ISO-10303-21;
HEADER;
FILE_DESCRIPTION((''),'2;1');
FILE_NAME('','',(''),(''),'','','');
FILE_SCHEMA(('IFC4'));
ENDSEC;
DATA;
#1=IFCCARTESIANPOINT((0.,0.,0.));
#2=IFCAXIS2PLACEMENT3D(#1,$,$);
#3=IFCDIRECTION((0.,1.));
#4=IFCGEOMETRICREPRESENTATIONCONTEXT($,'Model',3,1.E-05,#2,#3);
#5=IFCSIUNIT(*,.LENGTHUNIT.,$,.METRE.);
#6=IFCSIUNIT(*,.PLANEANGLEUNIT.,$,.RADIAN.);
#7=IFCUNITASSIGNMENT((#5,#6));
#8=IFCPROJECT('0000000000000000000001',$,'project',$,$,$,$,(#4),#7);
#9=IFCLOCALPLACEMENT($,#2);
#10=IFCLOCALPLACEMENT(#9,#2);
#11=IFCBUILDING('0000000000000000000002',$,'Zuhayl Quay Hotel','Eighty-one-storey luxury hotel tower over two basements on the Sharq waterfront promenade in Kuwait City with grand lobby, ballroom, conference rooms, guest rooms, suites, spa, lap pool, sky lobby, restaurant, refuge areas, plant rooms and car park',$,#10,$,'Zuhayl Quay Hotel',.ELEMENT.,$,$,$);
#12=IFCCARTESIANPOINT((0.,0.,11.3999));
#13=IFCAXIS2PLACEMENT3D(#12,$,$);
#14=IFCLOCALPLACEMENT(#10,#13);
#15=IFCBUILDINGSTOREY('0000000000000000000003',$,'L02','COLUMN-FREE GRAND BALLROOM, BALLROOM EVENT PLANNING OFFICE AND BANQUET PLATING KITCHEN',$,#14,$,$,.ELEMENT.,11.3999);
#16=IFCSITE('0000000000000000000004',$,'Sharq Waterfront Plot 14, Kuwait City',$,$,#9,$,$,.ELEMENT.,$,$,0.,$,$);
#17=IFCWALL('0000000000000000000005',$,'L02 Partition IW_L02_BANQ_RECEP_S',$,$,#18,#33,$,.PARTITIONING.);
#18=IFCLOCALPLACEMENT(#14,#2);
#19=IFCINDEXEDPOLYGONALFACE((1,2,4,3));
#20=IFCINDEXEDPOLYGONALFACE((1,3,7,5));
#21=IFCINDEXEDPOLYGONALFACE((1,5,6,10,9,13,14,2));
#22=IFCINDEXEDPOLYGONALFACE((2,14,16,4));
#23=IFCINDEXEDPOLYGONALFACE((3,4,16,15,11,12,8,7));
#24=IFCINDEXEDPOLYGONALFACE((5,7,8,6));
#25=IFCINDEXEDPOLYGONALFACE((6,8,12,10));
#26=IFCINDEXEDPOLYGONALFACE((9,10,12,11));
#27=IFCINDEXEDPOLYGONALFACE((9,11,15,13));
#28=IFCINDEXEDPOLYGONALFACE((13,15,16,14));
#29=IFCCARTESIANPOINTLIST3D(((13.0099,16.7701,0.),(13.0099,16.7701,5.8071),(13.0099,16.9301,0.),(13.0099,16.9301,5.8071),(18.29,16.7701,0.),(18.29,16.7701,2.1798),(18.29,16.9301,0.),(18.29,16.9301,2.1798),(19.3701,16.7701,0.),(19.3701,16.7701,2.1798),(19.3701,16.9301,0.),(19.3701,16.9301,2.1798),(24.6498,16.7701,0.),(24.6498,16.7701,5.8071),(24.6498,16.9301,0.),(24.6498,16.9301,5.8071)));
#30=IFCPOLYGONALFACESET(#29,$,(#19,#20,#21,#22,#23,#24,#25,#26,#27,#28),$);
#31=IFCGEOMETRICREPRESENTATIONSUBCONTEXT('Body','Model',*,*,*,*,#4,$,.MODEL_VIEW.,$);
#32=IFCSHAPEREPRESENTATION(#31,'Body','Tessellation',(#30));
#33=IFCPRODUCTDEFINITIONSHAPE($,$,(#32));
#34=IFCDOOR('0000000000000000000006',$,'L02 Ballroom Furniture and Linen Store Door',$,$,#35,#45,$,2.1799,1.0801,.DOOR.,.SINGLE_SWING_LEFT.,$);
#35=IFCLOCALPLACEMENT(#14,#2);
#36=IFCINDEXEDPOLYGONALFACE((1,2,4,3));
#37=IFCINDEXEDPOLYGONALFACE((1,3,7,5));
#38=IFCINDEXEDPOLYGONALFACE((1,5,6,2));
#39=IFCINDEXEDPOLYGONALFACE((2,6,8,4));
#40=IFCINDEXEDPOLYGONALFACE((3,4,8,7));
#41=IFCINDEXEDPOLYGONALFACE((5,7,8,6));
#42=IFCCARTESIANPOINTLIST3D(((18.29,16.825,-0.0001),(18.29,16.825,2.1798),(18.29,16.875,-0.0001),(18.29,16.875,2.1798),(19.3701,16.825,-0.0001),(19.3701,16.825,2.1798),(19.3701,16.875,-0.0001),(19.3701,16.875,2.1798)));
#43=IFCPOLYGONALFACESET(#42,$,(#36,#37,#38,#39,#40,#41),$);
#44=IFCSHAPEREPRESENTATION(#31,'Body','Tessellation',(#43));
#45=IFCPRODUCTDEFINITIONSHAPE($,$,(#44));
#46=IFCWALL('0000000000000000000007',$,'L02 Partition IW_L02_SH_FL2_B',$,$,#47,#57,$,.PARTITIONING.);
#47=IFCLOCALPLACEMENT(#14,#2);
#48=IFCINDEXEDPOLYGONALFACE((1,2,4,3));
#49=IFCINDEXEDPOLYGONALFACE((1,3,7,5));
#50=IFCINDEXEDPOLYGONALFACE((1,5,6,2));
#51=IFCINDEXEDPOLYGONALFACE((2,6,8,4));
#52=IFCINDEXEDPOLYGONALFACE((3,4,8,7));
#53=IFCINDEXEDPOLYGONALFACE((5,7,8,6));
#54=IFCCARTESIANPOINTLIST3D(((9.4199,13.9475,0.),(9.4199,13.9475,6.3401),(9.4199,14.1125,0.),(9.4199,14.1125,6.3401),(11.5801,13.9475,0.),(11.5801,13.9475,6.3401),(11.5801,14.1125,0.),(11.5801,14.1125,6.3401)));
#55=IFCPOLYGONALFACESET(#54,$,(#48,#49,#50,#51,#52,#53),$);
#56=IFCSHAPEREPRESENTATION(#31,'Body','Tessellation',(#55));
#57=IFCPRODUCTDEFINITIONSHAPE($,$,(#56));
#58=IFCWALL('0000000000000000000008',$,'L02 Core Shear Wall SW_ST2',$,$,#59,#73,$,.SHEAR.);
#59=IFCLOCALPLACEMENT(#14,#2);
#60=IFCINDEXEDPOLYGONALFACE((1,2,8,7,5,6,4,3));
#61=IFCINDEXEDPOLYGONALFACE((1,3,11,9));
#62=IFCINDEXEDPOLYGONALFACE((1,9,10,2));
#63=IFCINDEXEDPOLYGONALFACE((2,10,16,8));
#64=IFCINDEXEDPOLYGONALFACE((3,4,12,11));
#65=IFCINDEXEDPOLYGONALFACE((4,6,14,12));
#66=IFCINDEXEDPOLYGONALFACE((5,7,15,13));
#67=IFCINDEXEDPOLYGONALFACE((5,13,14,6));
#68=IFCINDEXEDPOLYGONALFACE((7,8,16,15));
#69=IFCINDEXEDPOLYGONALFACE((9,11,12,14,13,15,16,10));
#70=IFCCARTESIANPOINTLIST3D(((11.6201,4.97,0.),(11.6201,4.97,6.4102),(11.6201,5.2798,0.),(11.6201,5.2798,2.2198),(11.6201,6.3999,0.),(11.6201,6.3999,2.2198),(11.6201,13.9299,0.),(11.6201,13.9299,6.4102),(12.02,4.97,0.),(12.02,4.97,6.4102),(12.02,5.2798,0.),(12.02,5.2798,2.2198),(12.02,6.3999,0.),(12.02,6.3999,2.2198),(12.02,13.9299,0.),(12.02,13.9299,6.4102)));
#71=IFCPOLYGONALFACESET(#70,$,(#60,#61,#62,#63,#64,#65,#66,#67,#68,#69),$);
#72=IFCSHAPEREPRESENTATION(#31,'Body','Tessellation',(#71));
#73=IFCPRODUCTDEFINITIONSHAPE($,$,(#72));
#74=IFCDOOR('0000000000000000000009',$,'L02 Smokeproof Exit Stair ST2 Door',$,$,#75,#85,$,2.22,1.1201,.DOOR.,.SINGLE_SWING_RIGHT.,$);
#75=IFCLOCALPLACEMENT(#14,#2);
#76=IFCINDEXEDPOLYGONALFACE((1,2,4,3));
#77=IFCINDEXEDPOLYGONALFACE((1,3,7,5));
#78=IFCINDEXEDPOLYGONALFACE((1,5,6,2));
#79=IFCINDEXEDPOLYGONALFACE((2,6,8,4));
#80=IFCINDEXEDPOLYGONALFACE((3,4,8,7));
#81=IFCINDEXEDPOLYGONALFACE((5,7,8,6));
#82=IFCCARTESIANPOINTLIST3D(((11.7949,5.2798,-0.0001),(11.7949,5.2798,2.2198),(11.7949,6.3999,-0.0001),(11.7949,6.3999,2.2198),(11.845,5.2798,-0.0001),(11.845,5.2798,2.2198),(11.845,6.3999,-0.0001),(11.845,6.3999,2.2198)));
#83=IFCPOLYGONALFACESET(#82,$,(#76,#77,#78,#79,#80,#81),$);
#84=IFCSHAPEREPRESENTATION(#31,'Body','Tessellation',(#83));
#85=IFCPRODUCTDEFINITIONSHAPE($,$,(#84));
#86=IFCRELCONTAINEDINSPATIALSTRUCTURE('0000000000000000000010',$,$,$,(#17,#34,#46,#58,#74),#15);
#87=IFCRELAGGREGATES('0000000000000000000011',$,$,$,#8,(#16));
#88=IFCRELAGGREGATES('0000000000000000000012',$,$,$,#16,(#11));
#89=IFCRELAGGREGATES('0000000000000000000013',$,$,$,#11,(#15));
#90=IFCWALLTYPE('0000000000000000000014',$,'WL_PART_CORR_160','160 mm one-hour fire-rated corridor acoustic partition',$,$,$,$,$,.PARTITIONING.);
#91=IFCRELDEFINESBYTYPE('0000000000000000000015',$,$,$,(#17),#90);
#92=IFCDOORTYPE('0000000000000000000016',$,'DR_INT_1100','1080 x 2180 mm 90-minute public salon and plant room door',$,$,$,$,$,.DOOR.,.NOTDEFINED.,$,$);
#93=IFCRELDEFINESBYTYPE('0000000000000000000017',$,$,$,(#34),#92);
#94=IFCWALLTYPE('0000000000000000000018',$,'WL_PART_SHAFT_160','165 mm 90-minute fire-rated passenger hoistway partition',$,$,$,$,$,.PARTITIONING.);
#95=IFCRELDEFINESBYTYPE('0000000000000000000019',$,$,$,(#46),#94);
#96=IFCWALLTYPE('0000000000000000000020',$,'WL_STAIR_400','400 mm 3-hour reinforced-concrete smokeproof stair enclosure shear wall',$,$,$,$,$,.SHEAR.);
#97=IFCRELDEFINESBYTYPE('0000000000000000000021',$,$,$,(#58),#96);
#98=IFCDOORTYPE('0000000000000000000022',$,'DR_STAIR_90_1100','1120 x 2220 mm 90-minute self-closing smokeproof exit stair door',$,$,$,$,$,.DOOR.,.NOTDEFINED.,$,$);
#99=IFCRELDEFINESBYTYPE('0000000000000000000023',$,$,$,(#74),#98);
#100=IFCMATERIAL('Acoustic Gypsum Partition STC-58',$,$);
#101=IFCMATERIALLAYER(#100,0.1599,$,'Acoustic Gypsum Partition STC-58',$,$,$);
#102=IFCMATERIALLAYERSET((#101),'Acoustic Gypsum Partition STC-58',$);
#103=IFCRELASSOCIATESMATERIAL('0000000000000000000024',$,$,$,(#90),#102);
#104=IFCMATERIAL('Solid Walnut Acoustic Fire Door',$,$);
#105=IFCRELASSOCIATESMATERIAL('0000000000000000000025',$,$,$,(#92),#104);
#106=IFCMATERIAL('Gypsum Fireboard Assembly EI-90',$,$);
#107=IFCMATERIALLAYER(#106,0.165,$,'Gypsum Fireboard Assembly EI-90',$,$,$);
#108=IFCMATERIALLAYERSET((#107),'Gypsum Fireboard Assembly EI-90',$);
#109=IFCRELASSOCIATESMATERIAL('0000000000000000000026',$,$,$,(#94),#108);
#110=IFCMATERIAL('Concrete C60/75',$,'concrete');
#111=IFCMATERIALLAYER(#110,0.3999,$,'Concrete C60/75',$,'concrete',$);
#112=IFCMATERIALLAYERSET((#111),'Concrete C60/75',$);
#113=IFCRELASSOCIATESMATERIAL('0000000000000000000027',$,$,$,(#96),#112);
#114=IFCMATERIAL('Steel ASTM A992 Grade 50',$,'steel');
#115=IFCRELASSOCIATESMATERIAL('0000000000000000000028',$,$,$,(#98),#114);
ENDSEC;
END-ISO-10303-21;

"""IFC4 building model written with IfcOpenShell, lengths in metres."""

from ifc_helpers import new_model, si_unit, direction, frame, frame_2d, origin, place, context, subcontext, project, spatial, rectangle, extrude, material, layer, layer_set, type_object, element, fill, save


model = new_model("IFC4")

# Units and contexts
model_context = context("Model", 3, precision=1e-05, world=origin(), true_north=direction((0.0, 1.0)))
body_context = subcontext(model_context, "Body", "Model", "MODEL_VIEW")
ifc_project = project(units=[si_unit("LENGTHUNIT", "METRE"), si_unit("PLANEANGLEUNIT", "RADIAN")], contexts=[model_context])

# Site, building, storey
site_placement = place(None, origin())
site = spatial("IfcSite", under=ifc_project, at=site_placement, Name="Sharq Waterfront Plot 14, Kuwait City", CompositionType="ELEMENT", RefElevation=0.0)
building_placement = place(site_placement, origin())
building = spatial("IfcBuilding", under=site, at=building_placement, Name="Zuhayl Quay Hotel", Description="Eighty-one-storey luxury hotel tower over two basements on the Sharq waterfront promenade in Kuwait City with grand lobby, ballroom, conference rooms, guest rooms, suites, spa, lap pool, sky lobby, restaurant, refuge areas, plant rooms and car park", LongName="Zuhayl Quay Hotel", CompositionType="ELEMENT")
storey_placement = place(building_placement, frame((0.0, 0.0, 11.3999)))
storey = spatial("IfcBuildingStorey", under=building, at=storey_placement, Name="L02", Description="COLUMN-FREE GRAND BALLROOM, BALLROOM EVENT PLANNING OFFICE AND BANQUET PLATING KITCHEN", CompositionType="ELEMENT", Elevation=11.3999)

# Shared definitions
ifc_material_1 = material(Name="Steel ASTM A992 Grade 50", Category="steel")

# Shared definitions
ifc_material_2 = material(Name="Acoustic Gypsum Partition STC-58")

# Wall, opening, door
ifc_layer_1 = layer(ifc_material_2, 0.1599, Name="Acoustic Gypsum Partition STC-58")
ifc_layer_set_1 = layer_set([ifc_layer_1], Name="Acoustic Gypsum Partition STC-58")
wall_type_1 = type_object("IfcWallType", Name="WL_PART_CORR_160", Description="160 mm one-hour fire-rated corridor acoustic partition", PredefinedType="PARTITIONING", material=ifc_layer_set_1)
ifc_material_3 = material(Name="Solid Walnut Acoustic Fire Door")
door_type_1 = type_object("IfcDoorType", Name="DR_INT_1100", Description="1080 x 2180 mm 90-minute public salon and plant room door", OperationType="NOTDEFINED", PredefinedType="DOOR", material=ifc_material_3)
wall_1_placement = place(storey_placement, frame((13.01, 16.8501, 0.0), z_axis=(0.0, 0.0, 1.0), x_axis=(1.0, 0.0, 0.0)))
wall_1 = element("IfcWall", 1, at=wall_1_placement, inside=storey, type_object=wall_type_1, Name="L02 Partition IW_L02_BANQ_RECEP_S", PredefinedType="PARTITIONING", context=body_context, shape_type="SweptSolid", body=[
    extrude(rectangle(XDim=11.6399, YDim=0.1599, at=frame_2d((5.8198, 0.0))), origin(), (0.0, 0.0, 1.0), 5.8071),
])
opening_1_placement = place(wall_1_placement, frame((5.28, 0.0, 0.0)))
opening_1 = element("IfcOpeningElement", 2, at=opening_1_placement, cuts=wall_1, PredefinedType="OPENING", context=body_context, shape_type="SweptSolid", body=[
    extrude(rectangle(XDim=1.0801, YDim=2.1799, at=frame_2d((0.54, 1.0898))), frame((0.0, 0.0898, 0.0), z_axis=(0.0, -1.0, 0.0), x_axis=(1.0, 0.0, 0.0)), (0.0, 0.0, 1.0), 0.1799),
])
door_1_placement = place(opening_1_placement, origin())
door_1 = element("IfcDoor", 3, at=door_1_placement, inside=storey, type_object=door_type_1, Name="L02 Ballroom Furniture and Linen Store Door", OperationType="SINGLE_SWING_LEFT", OverallHeight=2.1799, OverallWidth=1.0801, PredefinedType="DOOR", context=body_context, shape_type="SweptSolid", body=[
    extrude(rectangle(XDim=1.0801, YDim=2.1799, at=frame_2d((0.54, 1.0898))), frame((0.0, 0.0249, 0.0), z_axis=(0.0, -1.0, 0.0), x_axis=(1.0, 0.0, 0.0)), (0.0, 0.0, 1.0), 0.05),
])
fill(opening_1, door_1)

# Wall
ifc_material_4 = material(Name="Gypsum Fireboard Assembly EI-90")
ifc_layer_2 = layer(ifc_material_4, 0.165, Name="Gypsum Fireboard Assembly EI-90")
ifc_layer_set_2 = layer_set([ifc_layer_2], Name="Gypsum Fireboard Assembly EI-90")
wall_type_2 = type_object("IfcWallType", Name="WL_PART_SHAFT_160", Description="165 mm 90-minute fire-rated passenger hoistway partition", PredefinedType="PARTITIONING", material=ifc_layer_set_2)
wall_2_placement = place(storey_placement, frame((9.4199, 14.03, 0.0), z_axis=(0.0, 0.0, 1.0), x_axis=(1.0, 0.0, 0.0)))
element("IfcWall", 4, at=wall_2_placement, inside=storey, type_object=wall_type_2, Name="L02 Partition IW_L02_SH_FL2_B", PredefinedType="PARTITIONING", context=body_context, shape_type="SweptSolid", body=[
    extrude(rectangle(XDim=2.1602, YDim=0.165, at=frame_2d((1.0801, 0.0))), origin(), (0.0, 0.0, 1.0), 6.3401),
])

# Wall, opening, door
ifc_material_5 = material(Name="Concrete C60/75", Category="concrete")
ifc_layer_3 = layer(ifc_material_5, 0.3999, Name="Concrete C60/75", Category="concrete")
ifc_layer_set_3 = layer_set([ifc_layer_3], Name="Concrete C60/75")
wall_type_3 = type_object("IfcWallType", Name="WL_STAIR_400", Description="400 mm 3-hour reinforced-concrete smokeproof stair enclosure shear wall", PredefinedType="SHEAR", material=ifc_layer_set_3)
wall_3_placement = place(storey_placement, frame((11.8201, 13.9299, 0.0), z_axis=(0.0, 0.0, 1.0), x_axis=(0.0, -1.0, 0.0)))
wall_3 = element("IfcWall", 5, at=wall_3_placement, inside=storey, type_object=wall_type_3, Name="L02 Core Shear Wall SW_ST2", PredefinedType="SHEAR", context=body_context, shape_type="SweptSolid", body=[
    extrude(rectangle(XDim=8.96, YDim=0.3999, at=frame_2d((4.48, 0.0))), origin(), (0.0, 0.0, 1.0), 6.4102),
])
opening_2_placement = place(wall_3_placement, frame((7.53, 0.0, 0.0)))
opening_2 = element("IfcOpeningElement", 6, at=opening_2_placement, cuts=wall_3, PredefinedType="OPENING", context=body_context, shape_type="SweptSolid", body=[
    extrude(rectangle(XDim=1.1201, YDim=2.22, at=frame_2d((0.5601, 1.1099))), frame((0.0, 0.21, 0.0), z_axis=(0.0, -1.0, 0.0), x_axis=(1.0, 0.0, 0.0)), (0.0, 0.0, 1.0), 0.4199),
])
door_type_2 = type_object("IfcDoorType", Name="DR_STAIR_90_1100", Description="1120 x 2220 mm 90-minute self-closing smokeproof exit stair door", OperationType="NOTDEFINED", PredefinedType="DOOR", material=ifc_material_1)
door_2_placement = place(opening_2_placement, origin())
door_2 = element("IfcDoor", 7, at=door_2_placement, inside=storey, type_object=door_type_2, Name="L02 Smokeproof Exit Stair ST2 Door", OperationType="SINGLE_SWING_RIGHT", OverallHeight=2.22, OverallWidth=1.1201, PredefinedType="DOOR", context=body_context, shape_type="SweptSolid", body=[
    extrude(rectangle(XDim=1.1201, YDim=2.22, at=frame_2d((0.5601, 1.1099))), frame((0.0, 0.0249, 0.0), z_axis=(0.0, -1.0, 0.0), x_axis=(1.0, 0.0, 0.0)), (0.0, 0.0, 1.0), 0.05),
])
fill(opening_2, door_2)

save(model, "model.ifc")
